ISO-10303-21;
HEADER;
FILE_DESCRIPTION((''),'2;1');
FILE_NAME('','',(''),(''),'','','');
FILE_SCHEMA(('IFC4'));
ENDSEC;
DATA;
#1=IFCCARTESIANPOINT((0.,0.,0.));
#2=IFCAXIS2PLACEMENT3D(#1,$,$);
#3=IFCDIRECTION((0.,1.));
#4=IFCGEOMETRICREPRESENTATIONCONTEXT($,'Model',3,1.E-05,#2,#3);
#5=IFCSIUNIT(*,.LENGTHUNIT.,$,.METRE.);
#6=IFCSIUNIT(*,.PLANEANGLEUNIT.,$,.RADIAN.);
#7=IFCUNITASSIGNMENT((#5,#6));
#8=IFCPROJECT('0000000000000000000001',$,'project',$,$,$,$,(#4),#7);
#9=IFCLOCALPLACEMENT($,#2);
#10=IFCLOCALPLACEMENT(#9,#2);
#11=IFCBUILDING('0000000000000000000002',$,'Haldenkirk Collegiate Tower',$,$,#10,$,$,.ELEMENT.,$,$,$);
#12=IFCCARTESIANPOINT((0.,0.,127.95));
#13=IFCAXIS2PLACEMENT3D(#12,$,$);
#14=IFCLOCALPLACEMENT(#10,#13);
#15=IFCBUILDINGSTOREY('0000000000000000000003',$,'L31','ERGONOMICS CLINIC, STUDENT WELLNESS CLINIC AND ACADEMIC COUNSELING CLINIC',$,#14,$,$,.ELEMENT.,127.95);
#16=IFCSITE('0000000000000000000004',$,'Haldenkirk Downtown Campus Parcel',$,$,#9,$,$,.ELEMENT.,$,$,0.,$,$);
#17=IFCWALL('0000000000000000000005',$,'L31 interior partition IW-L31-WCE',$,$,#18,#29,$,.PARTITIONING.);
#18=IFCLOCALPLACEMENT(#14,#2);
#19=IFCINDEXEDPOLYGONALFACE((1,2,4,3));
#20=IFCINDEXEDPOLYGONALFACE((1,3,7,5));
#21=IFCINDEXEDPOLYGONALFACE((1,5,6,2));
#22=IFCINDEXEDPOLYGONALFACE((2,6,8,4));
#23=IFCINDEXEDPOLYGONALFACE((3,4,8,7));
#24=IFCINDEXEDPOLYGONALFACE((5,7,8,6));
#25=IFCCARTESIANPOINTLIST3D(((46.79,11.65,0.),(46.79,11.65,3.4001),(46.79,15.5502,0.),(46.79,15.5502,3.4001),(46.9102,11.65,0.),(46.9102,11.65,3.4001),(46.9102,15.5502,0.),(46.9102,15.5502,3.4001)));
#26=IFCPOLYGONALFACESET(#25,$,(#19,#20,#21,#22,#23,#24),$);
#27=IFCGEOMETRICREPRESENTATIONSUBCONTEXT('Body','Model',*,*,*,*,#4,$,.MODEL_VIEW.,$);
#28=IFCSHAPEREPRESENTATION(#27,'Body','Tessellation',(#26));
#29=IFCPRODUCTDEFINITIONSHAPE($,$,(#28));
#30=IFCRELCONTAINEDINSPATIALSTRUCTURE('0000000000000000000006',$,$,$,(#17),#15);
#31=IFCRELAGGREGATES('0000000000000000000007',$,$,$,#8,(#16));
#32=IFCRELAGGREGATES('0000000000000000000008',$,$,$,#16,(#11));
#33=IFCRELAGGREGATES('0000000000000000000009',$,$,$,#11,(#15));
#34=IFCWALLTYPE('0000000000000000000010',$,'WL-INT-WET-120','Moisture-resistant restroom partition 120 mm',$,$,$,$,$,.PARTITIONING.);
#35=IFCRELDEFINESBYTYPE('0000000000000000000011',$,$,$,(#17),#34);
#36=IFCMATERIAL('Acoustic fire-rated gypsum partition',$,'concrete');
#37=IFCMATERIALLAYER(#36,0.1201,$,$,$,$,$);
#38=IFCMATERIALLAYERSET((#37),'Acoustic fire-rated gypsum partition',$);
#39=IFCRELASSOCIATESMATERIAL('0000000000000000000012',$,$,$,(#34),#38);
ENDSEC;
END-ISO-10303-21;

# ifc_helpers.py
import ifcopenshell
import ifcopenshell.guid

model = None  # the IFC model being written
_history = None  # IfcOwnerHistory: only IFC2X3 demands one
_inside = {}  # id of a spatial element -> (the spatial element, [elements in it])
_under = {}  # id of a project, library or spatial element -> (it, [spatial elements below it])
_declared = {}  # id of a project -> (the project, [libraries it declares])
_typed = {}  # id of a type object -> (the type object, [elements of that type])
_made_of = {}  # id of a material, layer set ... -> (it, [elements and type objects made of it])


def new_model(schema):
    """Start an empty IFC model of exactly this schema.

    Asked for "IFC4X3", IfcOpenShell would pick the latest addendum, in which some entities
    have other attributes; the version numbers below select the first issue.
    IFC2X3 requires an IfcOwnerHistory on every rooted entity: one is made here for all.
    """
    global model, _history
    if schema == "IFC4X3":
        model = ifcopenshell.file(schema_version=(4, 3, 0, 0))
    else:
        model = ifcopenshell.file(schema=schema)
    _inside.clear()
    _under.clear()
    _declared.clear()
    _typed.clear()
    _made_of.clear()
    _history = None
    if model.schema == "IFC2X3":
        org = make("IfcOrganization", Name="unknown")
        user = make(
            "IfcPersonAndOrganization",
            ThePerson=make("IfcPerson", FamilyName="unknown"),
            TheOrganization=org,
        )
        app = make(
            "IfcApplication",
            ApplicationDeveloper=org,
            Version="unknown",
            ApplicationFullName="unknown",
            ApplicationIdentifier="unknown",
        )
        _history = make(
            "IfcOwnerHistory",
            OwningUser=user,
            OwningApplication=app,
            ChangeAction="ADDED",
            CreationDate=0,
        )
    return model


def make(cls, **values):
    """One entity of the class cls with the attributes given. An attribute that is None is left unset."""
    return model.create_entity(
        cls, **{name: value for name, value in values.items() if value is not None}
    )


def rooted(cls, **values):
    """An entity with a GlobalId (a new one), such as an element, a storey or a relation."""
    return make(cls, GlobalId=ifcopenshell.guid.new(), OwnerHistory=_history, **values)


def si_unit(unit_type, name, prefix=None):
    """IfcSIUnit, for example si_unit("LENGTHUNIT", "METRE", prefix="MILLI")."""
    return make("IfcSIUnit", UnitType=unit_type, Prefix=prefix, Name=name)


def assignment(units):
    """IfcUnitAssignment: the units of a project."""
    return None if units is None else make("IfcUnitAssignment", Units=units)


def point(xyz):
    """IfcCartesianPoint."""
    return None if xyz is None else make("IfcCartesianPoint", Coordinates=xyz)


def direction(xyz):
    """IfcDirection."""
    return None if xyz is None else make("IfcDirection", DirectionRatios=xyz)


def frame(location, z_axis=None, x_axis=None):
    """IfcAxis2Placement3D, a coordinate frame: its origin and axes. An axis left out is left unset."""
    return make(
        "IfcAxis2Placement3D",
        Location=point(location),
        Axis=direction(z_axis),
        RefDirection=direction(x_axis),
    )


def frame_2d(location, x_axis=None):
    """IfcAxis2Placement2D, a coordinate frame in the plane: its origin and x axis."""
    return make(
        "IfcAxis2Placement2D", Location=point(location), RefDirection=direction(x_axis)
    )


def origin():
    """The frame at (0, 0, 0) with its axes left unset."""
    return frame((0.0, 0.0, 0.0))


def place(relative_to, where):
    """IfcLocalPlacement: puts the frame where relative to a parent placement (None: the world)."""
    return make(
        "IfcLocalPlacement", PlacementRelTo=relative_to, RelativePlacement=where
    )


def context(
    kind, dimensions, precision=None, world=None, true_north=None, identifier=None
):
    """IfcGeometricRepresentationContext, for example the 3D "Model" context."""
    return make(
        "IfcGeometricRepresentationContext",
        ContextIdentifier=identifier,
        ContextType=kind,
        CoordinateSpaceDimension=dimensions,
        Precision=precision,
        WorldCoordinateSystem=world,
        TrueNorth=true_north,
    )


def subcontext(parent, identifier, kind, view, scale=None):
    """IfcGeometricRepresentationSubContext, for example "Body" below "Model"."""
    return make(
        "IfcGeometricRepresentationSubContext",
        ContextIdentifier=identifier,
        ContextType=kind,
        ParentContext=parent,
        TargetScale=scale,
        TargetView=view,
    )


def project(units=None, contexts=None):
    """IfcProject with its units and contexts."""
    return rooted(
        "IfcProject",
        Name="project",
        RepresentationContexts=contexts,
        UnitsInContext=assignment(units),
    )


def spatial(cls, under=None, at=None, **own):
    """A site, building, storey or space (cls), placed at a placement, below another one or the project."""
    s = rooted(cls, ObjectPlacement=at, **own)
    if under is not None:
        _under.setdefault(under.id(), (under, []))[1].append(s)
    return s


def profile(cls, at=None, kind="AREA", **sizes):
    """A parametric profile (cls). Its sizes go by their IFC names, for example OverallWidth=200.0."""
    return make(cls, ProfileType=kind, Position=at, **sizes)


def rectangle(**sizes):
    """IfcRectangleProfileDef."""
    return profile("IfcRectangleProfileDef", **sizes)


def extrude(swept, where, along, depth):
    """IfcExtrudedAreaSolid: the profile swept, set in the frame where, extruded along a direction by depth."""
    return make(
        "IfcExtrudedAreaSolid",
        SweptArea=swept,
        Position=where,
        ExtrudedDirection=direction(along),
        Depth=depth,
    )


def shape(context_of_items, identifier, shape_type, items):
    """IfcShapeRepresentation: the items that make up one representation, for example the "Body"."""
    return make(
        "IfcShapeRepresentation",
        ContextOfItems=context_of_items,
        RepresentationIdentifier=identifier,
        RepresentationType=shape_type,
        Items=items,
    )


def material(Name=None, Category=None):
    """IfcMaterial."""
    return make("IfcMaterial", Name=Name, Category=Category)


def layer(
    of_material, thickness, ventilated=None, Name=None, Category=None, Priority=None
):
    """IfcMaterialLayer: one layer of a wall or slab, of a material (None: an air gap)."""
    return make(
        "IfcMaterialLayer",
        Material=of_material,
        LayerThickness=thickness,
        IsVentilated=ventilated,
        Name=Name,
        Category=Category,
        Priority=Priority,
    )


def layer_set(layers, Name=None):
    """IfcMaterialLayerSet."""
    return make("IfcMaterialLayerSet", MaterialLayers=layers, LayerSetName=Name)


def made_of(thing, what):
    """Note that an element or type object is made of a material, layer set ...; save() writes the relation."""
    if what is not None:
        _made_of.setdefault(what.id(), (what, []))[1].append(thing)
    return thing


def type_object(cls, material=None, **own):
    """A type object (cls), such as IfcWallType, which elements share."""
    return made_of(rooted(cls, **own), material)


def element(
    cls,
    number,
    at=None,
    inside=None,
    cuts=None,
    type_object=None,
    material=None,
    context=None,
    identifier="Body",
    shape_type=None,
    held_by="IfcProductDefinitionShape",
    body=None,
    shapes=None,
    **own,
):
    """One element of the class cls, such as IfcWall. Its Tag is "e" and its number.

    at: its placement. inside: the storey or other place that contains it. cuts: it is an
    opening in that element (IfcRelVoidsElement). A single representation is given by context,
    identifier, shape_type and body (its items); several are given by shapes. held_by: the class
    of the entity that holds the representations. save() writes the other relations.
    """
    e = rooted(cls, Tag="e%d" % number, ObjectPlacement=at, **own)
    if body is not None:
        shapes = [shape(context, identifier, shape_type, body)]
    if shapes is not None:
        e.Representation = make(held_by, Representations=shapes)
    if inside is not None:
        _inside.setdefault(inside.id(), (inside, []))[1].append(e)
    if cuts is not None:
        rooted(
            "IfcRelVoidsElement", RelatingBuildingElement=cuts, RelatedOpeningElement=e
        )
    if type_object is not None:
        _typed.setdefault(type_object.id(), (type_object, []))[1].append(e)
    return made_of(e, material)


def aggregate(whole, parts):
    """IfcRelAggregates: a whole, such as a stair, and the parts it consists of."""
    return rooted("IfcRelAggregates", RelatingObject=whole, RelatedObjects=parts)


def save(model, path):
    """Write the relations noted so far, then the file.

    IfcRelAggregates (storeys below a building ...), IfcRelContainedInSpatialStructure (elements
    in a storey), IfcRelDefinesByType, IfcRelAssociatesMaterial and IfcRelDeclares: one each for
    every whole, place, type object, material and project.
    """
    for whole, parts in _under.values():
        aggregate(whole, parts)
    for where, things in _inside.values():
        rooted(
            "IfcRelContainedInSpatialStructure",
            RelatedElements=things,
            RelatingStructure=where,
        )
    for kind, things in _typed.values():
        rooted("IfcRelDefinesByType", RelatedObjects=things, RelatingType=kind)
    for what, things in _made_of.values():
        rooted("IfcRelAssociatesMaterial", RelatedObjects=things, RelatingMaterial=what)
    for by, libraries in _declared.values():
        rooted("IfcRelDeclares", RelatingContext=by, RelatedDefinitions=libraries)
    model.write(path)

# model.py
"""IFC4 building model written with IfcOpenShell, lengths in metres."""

from ifc_helpers import new_model, si_unit, direction, frame, frame_2d, origin, place, context, subcontext, project, spatial, rectangle, extrude, material, layer, layer_set, type_object, element, save


model = new_model("IFC4")

# Units and contexts
model_context = context("Model", 3, precision=1e-05, world=origin(), true_north=direction((0.0, 1.0)))
body_context = subcontext(model_context, "Body", "Model", "MODEL_VIEW")
ifc_project = project(units=[si_unit("LENGTHUNIT", "METRE"), si_unit("PLANEANGLEUNIT", "RADIAN")], contexts=[model_context])

# Site, building, storey
site_placement = place(None, origin())
site = spatial("IfcSite", under=ifc_project, at=site_placement, Name="Haldenkirk Downtown Campus Parcel", CompositionType="ELEMENT", RefElevation=0.0)
building_placement = place(site_placement, origin())
building = spatial("IfcBuilding", under=site, at=building_placement, Name="Haldenkirk Collegiate Tower", CompositionType="ELEMENT")
storey_placement = place(building_placement, frame((0.0, 0.0, 127.95)))
storey = spatial("IfcBuildingStorey", under=building, at=storey_placement, Name="L31", Description="ERGONOMICS CLINIC, STUDENT WELLNESS CLINIC AND ACADEMIC COUNSELING CLINIC", CompositionType="ELEMENT", Elevation=127.95)

# Shared definitions
ifc_material_1 = material(Name="Acoustic fire-rated gypsum partition", Category="concrete")

# Wall
ifc_layer_1 = layer(ifc_material_1, 0.1201)
ifc_layer_set_1 = layer_set([ifc_layer_1], Name="Acoustic fire-rated gypsum partition")
wall_type_1 = type_object("IfcWallType", Name="WL-INT-WET-120", Description="Moisture-resistant restroom partition 120 mm", PredefinedType="PARTITIONING", material=ifc_layer_set_1)
wall_1_placement = place(storey_placement, frame((46.8501, 11.6499, 0.0), z_axis=(0.0, 0.0, 1.0), x_axis=(0.0, 1.0, 0.0)))
element("IfcWall", 1, at=wall_1_placement, inside=storey, type_object=wall_type_1, Name="L31 interior partition IW-L31-WCE", PredefinedType="PARTITIONING", context=body_context, shape_type="SweptSolid", body=[
    extrude(rectangle(XDim=3.9001, YDim=0.1201, at=frame_2d((1.9502, 0.0))), origin(), (0.0, 0.0, 1.0), 3.4001),
])

save(model, "model.ifc")
